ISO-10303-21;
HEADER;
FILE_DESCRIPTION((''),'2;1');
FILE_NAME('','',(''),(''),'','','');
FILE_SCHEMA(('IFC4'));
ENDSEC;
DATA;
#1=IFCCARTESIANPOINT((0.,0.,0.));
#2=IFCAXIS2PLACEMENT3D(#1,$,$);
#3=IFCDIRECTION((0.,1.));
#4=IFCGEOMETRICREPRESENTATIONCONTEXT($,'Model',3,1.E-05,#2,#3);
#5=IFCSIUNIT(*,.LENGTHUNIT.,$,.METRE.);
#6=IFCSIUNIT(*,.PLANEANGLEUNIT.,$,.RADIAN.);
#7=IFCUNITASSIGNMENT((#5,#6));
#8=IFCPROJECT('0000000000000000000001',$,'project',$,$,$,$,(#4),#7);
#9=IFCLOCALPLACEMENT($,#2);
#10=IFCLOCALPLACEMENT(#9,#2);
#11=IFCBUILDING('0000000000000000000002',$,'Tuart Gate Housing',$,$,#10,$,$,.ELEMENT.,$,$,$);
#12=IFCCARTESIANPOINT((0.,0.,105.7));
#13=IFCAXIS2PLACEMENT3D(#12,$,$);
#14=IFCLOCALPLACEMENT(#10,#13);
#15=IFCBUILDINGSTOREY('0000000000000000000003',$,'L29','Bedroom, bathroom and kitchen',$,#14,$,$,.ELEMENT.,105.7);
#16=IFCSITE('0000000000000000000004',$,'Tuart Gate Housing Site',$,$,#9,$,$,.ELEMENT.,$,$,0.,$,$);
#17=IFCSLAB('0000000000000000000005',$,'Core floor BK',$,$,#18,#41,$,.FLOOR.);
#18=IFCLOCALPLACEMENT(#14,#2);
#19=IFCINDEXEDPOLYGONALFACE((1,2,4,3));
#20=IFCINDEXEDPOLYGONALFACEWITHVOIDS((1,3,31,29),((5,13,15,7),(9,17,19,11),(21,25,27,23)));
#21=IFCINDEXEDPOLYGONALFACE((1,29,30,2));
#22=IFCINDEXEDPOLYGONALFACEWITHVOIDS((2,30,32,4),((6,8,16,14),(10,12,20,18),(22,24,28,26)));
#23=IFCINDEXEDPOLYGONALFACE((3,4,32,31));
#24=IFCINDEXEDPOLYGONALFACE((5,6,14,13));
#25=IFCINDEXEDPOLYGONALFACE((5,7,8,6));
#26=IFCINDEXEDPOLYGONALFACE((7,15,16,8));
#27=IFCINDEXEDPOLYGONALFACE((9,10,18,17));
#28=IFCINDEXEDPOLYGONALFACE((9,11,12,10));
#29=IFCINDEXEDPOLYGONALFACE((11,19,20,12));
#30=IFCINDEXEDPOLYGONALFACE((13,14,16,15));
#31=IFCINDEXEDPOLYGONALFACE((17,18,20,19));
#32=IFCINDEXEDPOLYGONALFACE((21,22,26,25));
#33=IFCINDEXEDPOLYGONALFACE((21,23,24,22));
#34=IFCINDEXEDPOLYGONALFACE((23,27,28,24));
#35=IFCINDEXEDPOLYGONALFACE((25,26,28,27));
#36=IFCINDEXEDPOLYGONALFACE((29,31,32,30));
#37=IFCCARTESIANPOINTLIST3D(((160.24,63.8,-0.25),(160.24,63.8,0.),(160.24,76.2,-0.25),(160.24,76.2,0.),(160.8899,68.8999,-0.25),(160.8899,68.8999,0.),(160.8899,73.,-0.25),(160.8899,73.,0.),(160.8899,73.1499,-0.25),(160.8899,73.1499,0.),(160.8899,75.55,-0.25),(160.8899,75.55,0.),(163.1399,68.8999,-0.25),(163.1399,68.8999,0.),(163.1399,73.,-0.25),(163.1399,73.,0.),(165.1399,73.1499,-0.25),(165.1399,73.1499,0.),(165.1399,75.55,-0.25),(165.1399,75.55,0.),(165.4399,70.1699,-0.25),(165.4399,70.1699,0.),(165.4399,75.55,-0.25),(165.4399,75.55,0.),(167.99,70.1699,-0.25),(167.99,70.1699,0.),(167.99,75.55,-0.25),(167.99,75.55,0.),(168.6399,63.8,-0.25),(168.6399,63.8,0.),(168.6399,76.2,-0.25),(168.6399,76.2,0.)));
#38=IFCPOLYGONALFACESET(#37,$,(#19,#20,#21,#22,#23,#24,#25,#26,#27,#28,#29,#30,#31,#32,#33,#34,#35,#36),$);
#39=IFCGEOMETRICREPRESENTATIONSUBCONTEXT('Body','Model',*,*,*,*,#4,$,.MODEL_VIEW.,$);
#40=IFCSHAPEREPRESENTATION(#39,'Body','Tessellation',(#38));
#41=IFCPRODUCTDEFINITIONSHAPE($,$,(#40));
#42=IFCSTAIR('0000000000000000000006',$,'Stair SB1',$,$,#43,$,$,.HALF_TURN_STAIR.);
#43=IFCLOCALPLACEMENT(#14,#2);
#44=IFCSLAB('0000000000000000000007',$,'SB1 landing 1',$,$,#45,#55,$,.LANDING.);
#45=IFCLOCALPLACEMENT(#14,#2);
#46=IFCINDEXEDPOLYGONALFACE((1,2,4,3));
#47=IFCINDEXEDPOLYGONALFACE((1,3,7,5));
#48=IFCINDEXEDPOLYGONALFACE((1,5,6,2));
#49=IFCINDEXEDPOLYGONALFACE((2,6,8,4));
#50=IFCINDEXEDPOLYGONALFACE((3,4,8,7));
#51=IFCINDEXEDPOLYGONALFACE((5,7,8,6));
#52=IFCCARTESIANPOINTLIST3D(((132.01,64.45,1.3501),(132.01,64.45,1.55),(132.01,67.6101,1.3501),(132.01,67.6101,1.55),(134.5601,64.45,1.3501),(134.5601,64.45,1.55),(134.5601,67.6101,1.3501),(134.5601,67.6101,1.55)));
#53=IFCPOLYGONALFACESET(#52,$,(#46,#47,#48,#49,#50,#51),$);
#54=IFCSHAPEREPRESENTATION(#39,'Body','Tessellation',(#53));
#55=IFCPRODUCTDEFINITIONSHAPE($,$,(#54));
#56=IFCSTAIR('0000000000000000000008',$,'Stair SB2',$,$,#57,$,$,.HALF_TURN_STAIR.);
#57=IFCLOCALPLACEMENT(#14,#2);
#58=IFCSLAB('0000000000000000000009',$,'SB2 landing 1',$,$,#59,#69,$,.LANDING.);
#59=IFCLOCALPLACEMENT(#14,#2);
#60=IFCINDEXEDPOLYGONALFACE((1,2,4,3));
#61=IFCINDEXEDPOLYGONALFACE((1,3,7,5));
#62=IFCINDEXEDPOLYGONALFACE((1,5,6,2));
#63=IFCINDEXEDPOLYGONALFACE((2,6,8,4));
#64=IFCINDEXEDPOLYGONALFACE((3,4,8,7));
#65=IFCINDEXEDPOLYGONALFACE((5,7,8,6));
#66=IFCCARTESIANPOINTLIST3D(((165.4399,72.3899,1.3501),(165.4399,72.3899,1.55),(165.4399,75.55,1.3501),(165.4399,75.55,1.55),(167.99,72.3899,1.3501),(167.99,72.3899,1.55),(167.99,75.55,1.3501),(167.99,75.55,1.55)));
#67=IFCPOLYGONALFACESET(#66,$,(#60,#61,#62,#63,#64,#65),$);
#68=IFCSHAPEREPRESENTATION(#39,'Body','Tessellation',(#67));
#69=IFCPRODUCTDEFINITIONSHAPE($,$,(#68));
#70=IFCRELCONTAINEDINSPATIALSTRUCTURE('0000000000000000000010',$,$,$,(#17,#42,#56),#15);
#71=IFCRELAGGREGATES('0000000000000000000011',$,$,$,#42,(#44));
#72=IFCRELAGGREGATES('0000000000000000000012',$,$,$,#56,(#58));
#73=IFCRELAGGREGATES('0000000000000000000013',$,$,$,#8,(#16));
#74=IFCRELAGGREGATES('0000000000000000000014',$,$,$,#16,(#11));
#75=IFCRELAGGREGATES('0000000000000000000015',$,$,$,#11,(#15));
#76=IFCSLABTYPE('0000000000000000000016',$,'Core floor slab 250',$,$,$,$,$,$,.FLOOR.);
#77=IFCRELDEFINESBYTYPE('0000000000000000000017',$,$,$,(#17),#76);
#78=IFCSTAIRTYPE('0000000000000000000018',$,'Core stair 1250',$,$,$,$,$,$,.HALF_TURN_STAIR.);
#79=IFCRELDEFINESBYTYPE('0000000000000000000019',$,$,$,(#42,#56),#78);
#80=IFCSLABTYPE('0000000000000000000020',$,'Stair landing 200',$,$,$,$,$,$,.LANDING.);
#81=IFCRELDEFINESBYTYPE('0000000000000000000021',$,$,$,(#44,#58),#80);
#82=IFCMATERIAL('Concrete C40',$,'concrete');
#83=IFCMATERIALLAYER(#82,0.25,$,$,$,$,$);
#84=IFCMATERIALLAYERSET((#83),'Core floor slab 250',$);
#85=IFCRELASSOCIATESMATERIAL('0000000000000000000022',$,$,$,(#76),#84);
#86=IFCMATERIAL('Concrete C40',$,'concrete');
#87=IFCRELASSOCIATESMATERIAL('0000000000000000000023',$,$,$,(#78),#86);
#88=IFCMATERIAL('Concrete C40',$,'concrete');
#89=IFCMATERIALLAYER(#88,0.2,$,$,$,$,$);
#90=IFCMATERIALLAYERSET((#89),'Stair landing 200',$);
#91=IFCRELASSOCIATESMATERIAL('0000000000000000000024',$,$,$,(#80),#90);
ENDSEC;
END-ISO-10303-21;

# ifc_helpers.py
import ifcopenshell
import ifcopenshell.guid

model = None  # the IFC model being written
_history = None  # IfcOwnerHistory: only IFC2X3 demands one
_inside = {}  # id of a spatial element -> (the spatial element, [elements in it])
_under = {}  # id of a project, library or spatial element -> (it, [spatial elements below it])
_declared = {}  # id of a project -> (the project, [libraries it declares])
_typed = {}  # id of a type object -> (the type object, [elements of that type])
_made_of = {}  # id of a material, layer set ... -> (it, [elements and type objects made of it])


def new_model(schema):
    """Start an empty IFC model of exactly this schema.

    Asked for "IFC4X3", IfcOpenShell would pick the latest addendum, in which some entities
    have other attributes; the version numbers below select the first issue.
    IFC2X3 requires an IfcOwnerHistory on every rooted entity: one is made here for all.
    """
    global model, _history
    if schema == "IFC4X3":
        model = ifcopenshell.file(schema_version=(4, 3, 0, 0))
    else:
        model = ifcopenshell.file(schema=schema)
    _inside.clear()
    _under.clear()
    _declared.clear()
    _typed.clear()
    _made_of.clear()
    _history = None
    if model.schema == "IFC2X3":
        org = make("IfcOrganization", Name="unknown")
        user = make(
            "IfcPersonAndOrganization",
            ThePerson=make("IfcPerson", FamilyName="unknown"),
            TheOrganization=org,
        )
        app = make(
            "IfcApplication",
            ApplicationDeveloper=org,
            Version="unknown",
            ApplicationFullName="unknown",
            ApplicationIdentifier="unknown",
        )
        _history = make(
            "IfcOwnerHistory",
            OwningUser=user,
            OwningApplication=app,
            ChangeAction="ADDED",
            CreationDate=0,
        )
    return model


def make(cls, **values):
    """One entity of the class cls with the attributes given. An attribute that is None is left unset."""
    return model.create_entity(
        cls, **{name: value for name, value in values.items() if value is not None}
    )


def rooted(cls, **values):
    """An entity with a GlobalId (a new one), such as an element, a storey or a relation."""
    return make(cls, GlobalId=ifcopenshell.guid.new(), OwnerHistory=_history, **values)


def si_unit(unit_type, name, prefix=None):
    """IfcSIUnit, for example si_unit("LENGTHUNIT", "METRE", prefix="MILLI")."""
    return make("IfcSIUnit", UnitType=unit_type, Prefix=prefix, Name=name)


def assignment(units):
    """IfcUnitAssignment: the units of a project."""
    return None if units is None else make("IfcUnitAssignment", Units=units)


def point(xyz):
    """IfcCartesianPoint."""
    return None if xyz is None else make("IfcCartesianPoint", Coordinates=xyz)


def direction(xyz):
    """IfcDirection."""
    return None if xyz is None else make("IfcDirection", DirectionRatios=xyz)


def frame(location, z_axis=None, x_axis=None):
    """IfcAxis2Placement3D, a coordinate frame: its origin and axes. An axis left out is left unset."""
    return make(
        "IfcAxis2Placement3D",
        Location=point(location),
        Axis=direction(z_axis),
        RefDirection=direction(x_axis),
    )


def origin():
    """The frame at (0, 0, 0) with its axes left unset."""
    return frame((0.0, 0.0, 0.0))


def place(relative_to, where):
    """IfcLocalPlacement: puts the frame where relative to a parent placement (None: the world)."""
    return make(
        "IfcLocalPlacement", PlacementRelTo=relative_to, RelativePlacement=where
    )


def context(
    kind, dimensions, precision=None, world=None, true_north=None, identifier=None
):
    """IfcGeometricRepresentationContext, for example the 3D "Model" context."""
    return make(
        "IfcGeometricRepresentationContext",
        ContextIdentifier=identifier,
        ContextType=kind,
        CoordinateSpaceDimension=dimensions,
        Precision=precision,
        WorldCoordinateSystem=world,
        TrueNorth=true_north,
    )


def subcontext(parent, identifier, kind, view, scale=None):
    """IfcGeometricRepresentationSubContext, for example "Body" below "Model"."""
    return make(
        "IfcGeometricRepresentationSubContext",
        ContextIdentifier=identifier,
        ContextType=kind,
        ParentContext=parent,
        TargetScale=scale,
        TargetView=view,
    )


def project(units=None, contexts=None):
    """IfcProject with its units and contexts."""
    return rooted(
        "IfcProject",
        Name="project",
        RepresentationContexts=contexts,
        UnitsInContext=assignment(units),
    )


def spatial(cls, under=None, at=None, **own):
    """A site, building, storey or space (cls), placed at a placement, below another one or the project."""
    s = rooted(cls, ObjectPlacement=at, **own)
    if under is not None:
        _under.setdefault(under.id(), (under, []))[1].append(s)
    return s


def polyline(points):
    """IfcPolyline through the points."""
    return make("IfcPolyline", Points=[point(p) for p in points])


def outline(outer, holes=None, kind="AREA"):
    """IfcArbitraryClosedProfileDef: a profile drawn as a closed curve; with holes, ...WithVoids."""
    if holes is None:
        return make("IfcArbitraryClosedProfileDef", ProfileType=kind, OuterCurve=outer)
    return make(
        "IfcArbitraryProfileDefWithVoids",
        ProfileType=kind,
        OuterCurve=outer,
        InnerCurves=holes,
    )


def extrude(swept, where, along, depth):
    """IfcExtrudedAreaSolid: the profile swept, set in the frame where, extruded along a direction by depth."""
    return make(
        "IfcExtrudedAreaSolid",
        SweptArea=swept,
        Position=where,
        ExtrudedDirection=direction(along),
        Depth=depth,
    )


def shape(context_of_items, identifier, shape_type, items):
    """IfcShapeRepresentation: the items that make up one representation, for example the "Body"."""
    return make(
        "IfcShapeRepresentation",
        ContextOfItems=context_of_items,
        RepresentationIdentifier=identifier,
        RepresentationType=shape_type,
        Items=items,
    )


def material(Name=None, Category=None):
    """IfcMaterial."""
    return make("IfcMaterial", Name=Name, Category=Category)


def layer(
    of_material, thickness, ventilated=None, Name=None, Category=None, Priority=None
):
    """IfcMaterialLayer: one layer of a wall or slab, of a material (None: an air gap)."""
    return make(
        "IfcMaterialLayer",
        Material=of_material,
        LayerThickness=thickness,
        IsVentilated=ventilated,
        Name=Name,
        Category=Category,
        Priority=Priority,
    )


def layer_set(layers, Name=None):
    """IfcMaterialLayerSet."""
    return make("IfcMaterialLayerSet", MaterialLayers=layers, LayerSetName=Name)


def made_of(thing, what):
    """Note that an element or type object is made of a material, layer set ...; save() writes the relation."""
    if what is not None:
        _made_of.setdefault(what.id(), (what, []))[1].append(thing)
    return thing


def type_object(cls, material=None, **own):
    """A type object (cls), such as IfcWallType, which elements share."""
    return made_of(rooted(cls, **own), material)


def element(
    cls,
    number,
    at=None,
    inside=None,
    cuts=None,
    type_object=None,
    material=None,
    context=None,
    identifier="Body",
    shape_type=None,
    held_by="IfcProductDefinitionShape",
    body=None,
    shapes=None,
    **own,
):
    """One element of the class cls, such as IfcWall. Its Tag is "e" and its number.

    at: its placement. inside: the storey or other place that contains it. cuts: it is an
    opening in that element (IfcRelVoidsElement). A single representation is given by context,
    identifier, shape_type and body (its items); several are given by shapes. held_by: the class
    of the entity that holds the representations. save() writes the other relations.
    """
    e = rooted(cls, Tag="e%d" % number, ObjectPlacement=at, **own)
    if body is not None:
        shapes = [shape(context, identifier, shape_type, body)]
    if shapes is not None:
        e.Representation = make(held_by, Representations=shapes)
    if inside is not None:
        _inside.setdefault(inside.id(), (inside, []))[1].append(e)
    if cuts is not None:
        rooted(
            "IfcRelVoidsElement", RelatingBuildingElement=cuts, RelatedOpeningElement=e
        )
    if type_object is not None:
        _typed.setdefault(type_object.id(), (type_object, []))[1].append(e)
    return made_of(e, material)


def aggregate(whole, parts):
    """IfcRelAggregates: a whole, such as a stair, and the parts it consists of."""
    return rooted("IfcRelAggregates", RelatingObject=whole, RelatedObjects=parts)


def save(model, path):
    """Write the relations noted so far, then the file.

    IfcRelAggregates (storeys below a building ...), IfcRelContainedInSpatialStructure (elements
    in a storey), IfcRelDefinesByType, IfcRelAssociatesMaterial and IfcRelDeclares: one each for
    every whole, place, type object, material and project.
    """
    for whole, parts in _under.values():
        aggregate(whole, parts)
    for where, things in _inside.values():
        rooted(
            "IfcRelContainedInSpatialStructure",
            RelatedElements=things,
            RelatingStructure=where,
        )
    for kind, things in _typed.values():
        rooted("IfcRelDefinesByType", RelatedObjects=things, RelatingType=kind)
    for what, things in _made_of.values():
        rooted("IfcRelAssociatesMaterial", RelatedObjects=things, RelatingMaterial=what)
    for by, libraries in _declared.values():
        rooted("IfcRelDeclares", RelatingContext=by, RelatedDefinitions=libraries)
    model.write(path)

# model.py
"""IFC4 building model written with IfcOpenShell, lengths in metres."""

from ifc_helpers import new_model, si_unit, direction, frame, origin, place, context, subcontext, project, spatial, polyline, outline, extrude, material, layer, layer_set, type_object, element, aggregate, save


model = new_model("IFC4")

# Units and contexts
model_context = context("Model", 3, precision=1e-05, world=origin(), true_north=direction((0.0, 1.0)))
body_context = subcontext(model_context, "Body", "Model", "MODEL_VIEW")
ifc_project = project(units=[si_unit("LENGTHUNIT", "METRE"), si_unit("PLANEANGLEUNIT", "RADIAN")], contexts=[model_context])

# Site, building, storey
site_placement = place(None, origin())
site = spatial("IfcSite", under=ifc_project, at=site_placement, Name="Tuart Gate Housing Site", CompositionType="ELEMENT", RefElevation=0.0)
building_placement = place(site_placement, origin())
building = spatial("IfcBuilding", under=site, at=building_placement, Name="Tuart Gate Housing", CompositionType="ELEMENT")
storey_placement = place(building_placement, frame((0.0, 0.0, 105.7)))
storey = spatial("IfcBuildingStorey", under=building, at=storey_placement, Name="L29", Description="Bedroom, bathroom and kitchen", CompositionType="ELEMENT", Elevation=105.7)

# Slab
ifc_material_1 = material(Name="Concrete C40", Category="concrete")
ifc_layer_1 = layer(ifc_material_1, 0.25)
ifc_layer_set_1 = layer_set([ifc_layer_1], Name="Core floor slab 250")
slab_type_1 = type_object("IfcSlabType", Name="Core floor slab 250", PredefinedType="FLOOR", material=ifc_layer_set_1)
slab_1_placement = place(storey_placement, frame((0.0, 0.0, -0.25)))
element("IfcSlab", 1, at=slab_1_placement, inside=storey, type_object=slab_type_1, Name="Core floor BK", PredefinedType="FLOOR", context=body_context, shape_type="SweptSolid", body=[
    extrude(outline(polyline([(160.24, 63.8), (168.6399, 63.8), (168.6399, 76.2), (160.24, 76.2), (160.24, 63.8)]), holes=[polyline([(160.8899, 73.1499), (165.1399, 73.1499), (165.1399, 75.55), (160.8899, 75.55), (160.8899, 73.1499)]), polyline([(160.8899, 68.8999), (163.1399, 68.8999), (163.1399, 73.0), (160.8899, 73.0), (160.8899, 68.8999)]), polyline([(165.4399, 70.1699), (167.99, 70.1699), (167.99, 75.55), (165.4399, 75.55), (165.4399, 70.1699)])]), origin(), (0.0, 0.0, 1.0), 0.25),
])

# Stairs, slabs
ifc_material_2 = material(Name="Concrete C40", Category="concrete")
stair_type = type_object("IfcStairType", Name="Core stair 1250", PredefinedType="HALF_TURN_STAIR", material=ifc_material_2)
stair_1_placement = place(storey_placement, origin())
stair_1 = element("IfcStair", 2, at=stair_1_placement, inside=storey, type_object=stair_type, Name="Stair SB1", PredefinedType="HALF_TURN_STAIR")
ifc_material_3 = material(Name="Concrete C40", Category="concrete")
ifc_layer_2 = layer(ifc_material_3, 0.2)
ifc_layer_set_2 = layer_set([ifc_layer_2], Name="Stair landing 200")
slab_type_2 = type_object("IfcSlabType", Name="Stair landing 200", PredefinedType="LANDING", material=ifc_layer_set_2)
slab_2_placement = place(storey_placement, frame((0.0, 0.0, 1.3501)))
slab_2 = element("IfcSlab", 3, at=slab_2_placement, type_object=slab_type_2, Name="SB1 landing 1", PredefinedType="LANDING", context=body_context, shape_type="SweptSolid", body=[
    extrude(outline(polyline([(134.5601, 67.6101), (132.01, 67.6101), (132.01, 64.45), (134.5601, 64.45), (134.5601, 67.6101)])), origin(), (0.0, 0.0, 1.0), 0.2),
])
aggregate(stair_1, [slab_2])
stair_2_placement = place(storey_placement, origin())
stair_2 = element("IfcStair", 4, at=stair_2_placement, inside=storey, type_object=stair_type, Name="Stair SB2", PredefinedType="HALF_TURN_STAIR")
slab_3_placement = place(storey_placement, frame((0.0, 0.0, 1.3501)))
slab_3 = element("IfcSlab", 5, at=slab_3_placement, type_object=slab_type_2, Name="SB2 landing 1", PredefinedType="LANDING", context=body_context, shape_type="SweptSolid", body=[
    extrude(outline(polyline([(165.4399, 72.3899), (167.99, 72.3899), (167.99, 75.55), (165.4399, 75.55), (165.4399, 72.3899)])), origin(), (0.0, 0.0, 1.0), 0.2),
])
aggregate(stair_2, [slab_3])

save(model, "model.ifc")
